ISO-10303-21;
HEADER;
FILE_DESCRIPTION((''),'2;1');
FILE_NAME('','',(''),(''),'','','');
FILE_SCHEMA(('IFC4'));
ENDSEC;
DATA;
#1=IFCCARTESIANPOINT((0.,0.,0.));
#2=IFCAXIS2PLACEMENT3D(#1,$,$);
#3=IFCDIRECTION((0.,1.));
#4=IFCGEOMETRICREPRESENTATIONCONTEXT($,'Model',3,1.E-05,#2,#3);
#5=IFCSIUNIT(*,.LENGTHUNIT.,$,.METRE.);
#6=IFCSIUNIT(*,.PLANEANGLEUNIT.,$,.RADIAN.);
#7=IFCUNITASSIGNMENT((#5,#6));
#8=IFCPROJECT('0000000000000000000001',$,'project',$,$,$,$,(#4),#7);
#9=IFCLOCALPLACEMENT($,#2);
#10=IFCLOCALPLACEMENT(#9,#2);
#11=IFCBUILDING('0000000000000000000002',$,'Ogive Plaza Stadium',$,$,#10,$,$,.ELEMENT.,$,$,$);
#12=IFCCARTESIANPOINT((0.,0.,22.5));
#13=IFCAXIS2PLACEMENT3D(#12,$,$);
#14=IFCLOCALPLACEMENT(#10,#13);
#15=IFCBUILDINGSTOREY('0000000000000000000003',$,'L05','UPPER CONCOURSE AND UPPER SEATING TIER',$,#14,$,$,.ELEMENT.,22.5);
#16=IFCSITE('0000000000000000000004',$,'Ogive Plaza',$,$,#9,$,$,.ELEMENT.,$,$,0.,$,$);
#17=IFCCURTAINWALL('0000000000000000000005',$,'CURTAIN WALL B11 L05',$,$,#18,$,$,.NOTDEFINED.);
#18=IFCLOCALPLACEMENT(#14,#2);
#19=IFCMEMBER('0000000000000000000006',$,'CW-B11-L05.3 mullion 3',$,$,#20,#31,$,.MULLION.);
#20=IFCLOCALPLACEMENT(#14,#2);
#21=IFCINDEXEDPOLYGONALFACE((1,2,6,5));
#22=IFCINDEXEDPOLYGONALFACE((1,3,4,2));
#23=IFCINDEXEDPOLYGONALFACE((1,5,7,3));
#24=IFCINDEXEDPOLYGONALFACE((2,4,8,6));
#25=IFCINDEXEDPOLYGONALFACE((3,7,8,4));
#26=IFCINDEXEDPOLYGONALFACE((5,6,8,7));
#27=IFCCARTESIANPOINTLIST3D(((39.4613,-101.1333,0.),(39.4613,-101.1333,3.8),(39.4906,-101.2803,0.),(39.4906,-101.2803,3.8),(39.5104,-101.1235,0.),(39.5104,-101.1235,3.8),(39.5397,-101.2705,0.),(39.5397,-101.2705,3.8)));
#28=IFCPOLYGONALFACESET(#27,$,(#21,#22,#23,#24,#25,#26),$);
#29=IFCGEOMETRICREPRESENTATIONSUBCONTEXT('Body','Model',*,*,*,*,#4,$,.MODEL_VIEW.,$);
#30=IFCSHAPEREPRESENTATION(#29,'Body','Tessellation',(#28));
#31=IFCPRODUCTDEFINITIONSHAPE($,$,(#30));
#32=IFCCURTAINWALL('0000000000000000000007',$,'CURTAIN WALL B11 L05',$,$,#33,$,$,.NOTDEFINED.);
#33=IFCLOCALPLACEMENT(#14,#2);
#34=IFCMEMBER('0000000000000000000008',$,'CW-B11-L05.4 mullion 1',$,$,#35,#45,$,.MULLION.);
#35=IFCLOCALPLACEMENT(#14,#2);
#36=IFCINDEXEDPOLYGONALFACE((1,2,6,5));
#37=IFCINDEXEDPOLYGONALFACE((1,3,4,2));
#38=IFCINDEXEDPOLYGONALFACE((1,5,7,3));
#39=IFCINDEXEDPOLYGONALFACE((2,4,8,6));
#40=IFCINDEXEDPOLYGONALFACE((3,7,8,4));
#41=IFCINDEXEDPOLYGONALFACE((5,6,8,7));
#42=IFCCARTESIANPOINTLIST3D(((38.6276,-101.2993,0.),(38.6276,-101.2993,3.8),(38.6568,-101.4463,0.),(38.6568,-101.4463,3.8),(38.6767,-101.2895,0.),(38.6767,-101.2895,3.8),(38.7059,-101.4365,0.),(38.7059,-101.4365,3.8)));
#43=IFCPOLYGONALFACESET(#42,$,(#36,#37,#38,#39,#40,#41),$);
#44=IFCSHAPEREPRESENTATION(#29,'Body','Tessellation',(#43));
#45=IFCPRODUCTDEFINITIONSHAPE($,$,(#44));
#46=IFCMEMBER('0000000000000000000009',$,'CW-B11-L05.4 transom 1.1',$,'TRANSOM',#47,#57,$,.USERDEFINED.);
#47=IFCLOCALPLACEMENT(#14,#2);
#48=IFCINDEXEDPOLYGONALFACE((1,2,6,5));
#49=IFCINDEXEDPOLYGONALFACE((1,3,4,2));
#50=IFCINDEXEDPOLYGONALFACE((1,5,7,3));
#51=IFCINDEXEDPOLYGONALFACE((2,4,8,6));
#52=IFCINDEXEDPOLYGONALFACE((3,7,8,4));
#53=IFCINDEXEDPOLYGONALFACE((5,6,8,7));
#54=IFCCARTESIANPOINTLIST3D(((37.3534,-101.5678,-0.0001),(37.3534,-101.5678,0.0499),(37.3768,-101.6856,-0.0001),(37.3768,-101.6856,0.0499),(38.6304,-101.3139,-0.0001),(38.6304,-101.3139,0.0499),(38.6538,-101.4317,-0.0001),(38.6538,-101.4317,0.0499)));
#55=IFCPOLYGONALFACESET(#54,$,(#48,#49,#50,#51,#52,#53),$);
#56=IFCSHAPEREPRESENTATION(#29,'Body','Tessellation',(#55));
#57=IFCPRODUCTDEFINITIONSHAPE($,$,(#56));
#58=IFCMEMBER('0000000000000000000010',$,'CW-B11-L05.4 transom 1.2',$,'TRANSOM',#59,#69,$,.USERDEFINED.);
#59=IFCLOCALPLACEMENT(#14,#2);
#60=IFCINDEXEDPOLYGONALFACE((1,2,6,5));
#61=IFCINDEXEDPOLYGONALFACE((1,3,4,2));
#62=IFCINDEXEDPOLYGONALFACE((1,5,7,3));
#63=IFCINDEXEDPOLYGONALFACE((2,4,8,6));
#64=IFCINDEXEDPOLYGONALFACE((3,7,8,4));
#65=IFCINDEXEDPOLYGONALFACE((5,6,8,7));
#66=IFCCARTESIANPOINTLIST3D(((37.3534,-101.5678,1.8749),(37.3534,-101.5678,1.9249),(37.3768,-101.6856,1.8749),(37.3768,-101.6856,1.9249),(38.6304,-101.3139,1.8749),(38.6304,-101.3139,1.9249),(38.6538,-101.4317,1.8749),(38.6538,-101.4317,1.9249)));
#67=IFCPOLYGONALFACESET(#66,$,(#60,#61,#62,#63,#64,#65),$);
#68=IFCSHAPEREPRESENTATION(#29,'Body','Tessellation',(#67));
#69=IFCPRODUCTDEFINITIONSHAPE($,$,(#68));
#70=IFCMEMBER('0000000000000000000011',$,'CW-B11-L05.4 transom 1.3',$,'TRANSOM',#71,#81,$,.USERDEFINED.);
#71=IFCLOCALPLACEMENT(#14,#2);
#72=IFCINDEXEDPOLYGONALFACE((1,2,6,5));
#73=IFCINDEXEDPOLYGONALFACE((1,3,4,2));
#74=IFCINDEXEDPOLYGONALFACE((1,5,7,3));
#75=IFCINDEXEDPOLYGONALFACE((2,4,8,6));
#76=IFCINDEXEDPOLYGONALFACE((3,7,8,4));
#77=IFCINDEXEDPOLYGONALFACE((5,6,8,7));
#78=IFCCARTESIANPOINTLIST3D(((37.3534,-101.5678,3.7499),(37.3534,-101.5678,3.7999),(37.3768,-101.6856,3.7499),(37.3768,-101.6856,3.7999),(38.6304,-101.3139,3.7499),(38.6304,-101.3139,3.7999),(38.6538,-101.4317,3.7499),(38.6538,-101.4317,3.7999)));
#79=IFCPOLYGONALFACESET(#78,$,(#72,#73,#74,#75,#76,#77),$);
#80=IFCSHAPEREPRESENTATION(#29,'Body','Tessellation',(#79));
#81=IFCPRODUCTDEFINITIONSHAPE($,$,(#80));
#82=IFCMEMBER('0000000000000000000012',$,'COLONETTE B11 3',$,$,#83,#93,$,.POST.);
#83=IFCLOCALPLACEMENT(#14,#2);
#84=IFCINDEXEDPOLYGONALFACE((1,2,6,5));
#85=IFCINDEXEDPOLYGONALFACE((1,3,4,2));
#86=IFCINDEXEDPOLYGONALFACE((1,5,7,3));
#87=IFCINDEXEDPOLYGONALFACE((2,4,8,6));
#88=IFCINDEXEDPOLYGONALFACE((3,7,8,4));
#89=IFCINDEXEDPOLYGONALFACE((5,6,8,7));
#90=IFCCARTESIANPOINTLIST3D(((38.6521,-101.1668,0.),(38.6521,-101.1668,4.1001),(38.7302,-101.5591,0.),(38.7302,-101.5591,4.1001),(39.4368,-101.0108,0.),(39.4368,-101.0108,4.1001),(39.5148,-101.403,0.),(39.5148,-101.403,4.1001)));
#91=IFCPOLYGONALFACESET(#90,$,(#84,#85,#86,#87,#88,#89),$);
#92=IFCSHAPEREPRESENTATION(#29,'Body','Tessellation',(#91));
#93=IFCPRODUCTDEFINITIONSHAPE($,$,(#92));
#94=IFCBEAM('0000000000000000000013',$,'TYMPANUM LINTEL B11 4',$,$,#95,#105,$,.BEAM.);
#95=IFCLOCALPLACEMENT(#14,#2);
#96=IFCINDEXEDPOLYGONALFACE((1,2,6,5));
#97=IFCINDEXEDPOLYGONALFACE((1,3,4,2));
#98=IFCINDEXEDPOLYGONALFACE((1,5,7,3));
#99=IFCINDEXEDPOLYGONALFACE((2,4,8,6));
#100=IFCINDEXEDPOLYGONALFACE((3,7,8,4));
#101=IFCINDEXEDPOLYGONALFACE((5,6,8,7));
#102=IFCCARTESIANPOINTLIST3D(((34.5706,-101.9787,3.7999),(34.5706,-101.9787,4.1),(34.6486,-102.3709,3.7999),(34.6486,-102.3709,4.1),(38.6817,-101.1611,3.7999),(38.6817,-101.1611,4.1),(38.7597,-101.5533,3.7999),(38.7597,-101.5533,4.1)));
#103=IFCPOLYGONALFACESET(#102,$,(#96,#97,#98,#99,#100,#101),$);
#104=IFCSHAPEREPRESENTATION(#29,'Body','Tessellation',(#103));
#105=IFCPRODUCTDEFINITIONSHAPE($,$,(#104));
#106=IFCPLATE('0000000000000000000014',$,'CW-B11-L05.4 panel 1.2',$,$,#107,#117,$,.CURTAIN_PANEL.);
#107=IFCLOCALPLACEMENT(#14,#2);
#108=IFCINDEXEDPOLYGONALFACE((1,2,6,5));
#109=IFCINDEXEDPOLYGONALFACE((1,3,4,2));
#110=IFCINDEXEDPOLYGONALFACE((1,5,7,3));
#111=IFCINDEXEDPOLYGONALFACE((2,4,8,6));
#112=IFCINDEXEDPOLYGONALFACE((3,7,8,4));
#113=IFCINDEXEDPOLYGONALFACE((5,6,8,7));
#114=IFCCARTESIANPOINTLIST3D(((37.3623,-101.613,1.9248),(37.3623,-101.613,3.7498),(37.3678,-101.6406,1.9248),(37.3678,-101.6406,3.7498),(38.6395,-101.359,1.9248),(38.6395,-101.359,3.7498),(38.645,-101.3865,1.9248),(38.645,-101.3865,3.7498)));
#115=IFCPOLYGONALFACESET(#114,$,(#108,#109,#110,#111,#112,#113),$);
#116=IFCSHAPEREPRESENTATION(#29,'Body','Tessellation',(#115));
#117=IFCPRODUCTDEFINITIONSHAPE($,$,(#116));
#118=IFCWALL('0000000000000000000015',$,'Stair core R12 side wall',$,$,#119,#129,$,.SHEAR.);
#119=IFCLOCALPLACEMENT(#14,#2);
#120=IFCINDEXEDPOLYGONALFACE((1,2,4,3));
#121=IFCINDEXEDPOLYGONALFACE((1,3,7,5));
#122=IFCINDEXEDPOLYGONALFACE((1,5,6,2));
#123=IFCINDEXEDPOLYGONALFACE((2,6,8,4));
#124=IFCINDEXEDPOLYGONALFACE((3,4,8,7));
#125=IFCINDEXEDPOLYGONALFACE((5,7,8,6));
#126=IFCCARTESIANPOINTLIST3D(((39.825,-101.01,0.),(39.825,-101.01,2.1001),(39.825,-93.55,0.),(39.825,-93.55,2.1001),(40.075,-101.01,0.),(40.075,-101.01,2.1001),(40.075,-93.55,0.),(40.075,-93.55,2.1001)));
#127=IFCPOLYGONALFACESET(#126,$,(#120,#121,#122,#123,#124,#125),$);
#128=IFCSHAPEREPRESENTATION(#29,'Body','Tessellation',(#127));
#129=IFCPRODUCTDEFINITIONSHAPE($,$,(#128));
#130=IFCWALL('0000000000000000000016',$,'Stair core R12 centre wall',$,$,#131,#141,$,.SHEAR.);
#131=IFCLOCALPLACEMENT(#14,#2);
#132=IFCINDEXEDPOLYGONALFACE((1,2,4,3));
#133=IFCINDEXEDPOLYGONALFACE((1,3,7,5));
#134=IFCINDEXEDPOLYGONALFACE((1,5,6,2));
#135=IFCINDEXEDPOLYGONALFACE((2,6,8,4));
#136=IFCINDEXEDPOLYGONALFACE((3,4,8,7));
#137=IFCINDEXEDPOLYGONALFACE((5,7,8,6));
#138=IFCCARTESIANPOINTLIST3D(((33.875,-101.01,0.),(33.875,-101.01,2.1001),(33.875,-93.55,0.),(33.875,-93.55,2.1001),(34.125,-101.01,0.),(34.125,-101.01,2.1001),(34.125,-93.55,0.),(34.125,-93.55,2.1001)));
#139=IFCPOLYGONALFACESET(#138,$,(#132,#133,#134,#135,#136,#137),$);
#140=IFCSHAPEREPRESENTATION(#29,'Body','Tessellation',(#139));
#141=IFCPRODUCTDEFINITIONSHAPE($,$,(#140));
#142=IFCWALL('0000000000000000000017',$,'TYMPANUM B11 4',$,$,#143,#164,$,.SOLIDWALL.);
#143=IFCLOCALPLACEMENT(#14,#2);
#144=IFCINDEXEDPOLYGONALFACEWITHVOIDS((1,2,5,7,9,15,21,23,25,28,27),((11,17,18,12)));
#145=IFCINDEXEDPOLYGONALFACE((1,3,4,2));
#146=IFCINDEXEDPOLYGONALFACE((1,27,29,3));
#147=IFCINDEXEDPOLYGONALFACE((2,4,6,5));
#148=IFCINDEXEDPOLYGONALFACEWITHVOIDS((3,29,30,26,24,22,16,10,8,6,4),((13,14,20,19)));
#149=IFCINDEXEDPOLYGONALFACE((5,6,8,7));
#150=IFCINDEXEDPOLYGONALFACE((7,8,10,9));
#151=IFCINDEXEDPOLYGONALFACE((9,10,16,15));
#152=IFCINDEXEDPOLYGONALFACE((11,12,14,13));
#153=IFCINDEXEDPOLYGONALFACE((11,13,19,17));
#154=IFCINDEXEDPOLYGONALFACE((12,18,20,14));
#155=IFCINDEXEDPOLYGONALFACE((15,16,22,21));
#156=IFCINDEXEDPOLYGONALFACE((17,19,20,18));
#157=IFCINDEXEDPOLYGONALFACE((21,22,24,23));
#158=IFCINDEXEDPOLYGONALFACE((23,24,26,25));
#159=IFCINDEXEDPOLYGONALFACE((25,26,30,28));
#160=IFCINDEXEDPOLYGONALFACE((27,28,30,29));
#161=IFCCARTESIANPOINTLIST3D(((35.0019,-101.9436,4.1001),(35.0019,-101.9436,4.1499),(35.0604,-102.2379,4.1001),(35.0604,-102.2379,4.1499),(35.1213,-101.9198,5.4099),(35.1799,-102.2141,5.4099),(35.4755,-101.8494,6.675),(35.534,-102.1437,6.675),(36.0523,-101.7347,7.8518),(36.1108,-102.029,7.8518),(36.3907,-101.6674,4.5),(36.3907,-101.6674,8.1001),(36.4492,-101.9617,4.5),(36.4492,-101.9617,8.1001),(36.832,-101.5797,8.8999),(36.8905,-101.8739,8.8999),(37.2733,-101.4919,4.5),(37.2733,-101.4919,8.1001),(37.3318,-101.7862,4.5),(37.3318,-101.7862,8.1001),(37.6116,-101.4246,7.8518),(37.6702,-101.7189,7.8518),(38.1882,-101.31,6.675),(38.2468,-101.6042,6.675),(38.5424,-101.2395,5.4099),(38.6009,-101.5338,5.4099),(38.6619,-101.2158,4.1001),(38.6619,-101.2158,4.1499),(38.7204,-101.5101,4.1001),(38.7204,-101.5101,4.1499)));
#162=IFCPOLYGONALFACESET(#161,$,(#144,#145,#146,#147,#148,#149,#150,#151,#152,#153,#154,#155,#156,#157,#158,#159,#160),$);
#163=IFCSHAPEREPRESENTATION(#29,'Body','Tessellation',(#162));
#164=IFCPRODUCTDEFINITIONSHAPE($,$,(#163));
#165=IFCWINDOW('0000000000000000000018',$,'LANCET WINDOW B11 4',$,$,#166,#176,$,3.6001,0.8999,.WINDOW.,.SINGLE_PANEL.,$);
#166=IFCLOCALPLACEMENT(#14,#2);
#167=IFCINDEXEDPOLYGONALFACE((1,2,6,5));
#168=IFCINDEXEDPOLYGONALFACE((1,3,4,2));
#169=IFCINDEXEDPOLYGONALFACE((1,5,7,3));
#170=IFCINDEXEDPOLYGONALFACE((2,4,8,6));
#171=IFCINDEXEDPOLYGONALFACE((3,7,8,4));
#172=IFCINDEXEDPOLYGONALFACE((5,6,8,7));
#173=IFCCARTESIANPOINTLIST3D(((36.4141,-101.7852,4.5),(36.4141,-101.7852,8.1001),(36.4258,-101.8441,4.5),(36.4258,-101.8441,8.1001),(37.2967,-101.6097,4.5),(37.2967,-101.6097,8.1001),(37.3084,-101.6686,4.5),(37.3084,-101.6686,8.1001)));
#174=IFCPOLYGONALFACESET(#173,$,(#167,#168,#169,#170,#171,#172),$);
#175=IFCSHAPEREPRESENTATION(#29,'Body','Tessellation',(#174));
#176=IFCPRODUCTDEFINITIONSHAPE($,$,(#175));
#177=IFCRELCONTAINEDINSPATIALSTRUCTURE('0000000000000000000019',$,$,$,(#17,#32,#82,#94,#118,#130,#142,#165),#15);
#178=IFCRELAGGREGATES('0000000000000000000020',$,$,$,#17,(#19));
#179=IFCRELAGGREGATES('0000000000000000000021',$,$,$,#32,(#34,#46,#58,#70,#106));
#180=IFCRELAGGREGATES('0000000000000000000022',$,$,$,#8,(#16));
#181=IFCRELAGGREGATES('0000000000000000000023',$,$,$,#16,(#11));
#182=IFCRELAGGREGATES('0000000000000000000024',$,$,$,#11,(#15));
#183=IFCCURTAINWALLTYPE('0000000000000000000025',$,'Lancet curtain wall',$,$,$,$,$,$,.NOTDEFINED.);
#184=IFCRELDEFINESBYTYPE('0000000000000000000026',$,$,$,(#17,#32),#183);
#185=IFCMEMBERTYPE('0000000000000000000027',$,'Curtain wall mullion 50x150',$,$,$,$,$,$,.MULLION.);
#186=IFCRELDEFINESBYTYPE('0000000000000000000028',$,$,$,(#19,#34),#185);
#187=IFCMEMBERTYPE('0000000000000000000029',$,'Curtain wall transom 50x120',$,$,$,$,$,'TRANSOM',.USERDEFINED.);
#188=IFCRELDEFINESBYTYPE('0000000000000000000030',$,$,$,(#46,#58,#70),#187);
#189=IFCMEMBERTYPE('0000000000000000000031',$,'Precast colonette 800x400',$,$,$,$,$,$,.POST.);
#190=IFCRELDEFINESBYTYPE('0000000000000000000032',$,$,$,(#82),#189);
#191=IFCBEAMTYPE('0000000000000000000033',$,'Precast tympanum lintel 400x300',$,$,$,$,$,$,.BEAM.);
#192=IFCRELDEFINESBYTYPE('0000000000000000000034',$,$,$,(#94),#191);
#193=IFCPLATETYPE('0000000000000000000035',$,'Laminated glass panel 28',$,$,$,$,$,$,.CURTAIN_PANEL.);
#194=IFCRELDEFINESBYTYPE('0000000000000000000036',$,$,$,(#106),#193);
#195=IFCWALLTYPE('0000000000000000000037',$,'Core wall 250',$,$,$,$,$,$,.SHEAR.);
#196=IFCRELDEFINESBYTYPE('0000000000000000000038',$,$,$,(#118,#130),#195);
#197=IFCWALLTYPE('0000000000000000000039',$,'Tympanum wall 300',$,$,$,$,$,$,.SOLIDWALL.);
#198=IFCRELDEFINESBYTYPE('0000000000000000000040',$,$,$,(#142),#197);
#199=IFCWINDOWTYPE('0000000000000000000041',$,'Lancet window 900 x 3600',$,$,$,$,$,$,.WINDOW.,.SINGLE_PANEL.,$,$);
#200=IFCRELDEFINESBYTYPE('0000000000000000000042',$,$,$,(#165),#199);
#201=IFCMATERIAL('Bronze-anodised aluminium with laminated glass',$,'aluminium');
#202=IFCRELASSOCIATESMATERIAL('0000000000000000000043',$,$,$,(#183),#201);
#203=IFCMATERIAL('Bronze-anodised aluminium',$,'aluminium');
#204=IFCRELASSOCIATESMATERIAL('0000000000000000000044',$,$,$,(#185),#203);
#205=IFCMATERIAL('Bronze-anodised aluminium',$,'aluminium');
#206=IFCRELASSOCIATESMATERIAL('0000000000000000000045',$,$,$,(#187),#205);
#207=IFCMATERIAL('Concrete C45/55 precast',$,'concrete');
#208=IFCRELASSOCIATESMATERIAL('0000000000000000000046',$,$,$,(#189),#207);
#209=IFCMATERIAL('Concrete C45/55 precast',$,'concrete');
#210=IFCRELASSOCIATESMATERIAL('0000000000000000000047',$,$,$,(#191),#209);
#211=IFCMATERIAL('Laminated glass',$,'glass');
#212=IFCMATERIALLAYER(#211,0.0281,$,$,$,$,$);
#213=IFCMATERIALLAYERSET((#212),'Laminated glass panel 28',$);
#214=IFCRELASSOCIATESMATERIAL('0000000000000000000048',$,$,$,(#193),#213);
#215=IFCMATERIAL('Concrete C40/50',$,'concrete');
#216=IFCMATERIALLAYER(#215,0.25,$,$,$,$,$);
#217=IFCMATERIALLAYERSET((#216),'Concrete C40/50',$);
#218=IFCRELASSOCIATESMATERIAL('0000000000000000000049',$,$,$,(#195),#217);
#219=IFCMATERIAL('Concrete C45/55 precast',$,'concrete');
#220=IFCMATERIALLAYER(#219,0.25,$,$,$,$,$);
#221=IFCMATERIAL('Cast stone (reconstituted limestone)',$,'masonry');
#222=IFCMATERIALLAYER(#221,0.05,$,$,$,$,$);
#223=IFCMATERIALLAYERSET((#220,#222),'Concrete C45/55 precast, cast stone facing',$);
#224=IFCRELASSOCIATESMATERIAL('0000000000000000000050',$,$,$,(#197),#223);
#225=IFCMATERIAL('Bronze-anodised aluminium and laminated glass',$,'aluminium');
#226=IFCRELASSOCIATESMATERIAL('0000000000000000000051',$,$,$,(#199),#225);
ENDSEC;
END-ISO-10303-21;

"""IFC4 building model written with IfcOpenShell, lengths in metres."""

from ifc_helpers import new_model, si_unit, direction, frame, frame_2d, origin, origin_2d, place, context, subcontext, project, spatial, polyline, rectangle, outline, extrude, material, layer, layer_set, material_profile, profile_set, type_object, element, fill, aggregate, save


model = new_model("IFC4")

# Units and contexts
model_context = context("Model", 3, precision=1e-05, world=origin(), true_north=direction((0.0, 1.0)))
body_context = subcontext(model_context, "Body", "Model", "MODEL_VIEW")
ifc_project = project(units=[si_unit("LENGTHUNIT", "METRE"), si_unit("PLANEANGLEUNIT", "RADIAN")], contexts=[model_context])

# Site, building, storey
site_placement = place(None, origin())
site = spatial("IfcSite", under=ifc_project, at=site_placement, Name="Ogive Plaza", CompositionType="ELEMENT", RefElevation=0.0)
building_placement = place(site_placement, origin())
building = spatial("IfcBuilding", under=site, at=building_placement, Name="Ogive Plaza Stadium", CompositionType="ELEMENT")
storey_placement = place(building_placement, frame((0.0, 0.0, 22.5)))
storey = spatial("IfcBuildingStorey", under=building, at=storey_placement, Name="L05", Description="UPPER CONCOURSE AND UPPER SEATING TIER", CompositionType="ELEMENT", Elevation=22.5)

# Curtain wall, member
ifc_material_1 = material(Name="Bronze-anodised aluminium with laminated glass", Category="aluminium")
curtain_wall_type = type_object("IfcCurtainWallType", Name="Lancet curtain wall", PredefinedType="NOTDEFINED", material=ifc_material_1)
curtain_wall_1_placement = place(storey_placement, origin())
curtain_wall_1 = element("IfcCurtainWall", 1, at=curtain_wall_1_placement, inside=storey, type_object=curtain_wall_type, Name="CURTAIN WALL B11 L05", PredefinedType="NOTDEFINED")
ifc_material_2 = material(Name="Bronze-anodised aluminium", Category="aluminium")
ifc_material_profile_1 = material_profile(ifc_material_2, rectangle(XDim=0.1499, YDim=0.05, at=origin_2d()), Name="AL 150x50")
ifc_profile_set_1 = profile_set([ifc_material_profile_1], Name="Bronze-anodised aluminium")
member_type_1 = type_object("IfcMemberType", Name="Curtain wall mullion 50x150", PredefinedType="MULLION", material=ifc_profile_set_1)
member_1_placement = place(storey_placement, frame((39.5005, -101.2019, 0.0), z_axis=(0.0, 0.0, 1.0), x_axis=(0.19509, -0.980785, 0.0)))
member_1 = element("IfcMember", 2, at=member_1_placement, type_object=member_type_1, Name="CW-B11-L05.3 mullion 3", PredefinedType="MULLION", context=body_context, shape_type="SweptSolid", body=[
    extrude(rectangle(XDim=0.1499, YDim=0.05, at=origin_2d()), origin(), (0.0, 0.0, 1.0), 3.8),
])
aggregate(curtain_wall_1, [member_1])

# Curtain wall, members
curtain_wall_2_placement = place(storey_placement, origin())
curtain_wall_2 = element("IfcCurtainWall", 3, at=curtain_wall_2_placement, inside=storey, type_object=curtain_wall_type, Name="CURTAIN WALL B11 L05", PredefinedType="NOTDEFINED")
member_2_placement = place(storey_placement, frame((38.6667, -101.3679, 0.0), z_axis=(0.0, 0.0, 1.0), x_axis=(0.19509, -0.980785, 0.0)))
member_2 = element("IfcMember", 4, at=member_2_placement, type_object=member_type_1, Name="CW-B11-L05.4 mullion 1", PredefinedType="MULLION", context=body_context, shape_type="SweptSolid", body=[
    extrude(rectangle(XDim=0.1499, YDim=0.05, at=origin_2d()), origin(), (0.0, 0.0, 1.0), 3.8),
])
ifc_material_3 = material(Name="Bronze-anodised aluminium", Category="aluminium")
ifc_material_profile_2 = material_profile(ifc_material_3, rectangle(XDim=0.1201, YDim=0.05, at=origin_2d()), Name="AL 120x50")
ifc_profile_set_2 = profile_set([ifc_material_profile_2], Name="Bronze-anodised aluminium")
member_type_2 = type_object("IfcMemberType", Name="Curtain wall transom 50x120", ElementType="TRANSOM", PredefinedType="USERDEFINED", material=ifc_profile_set_2)
member_3_placement = place(storey_placement, frame((38.6421, -101.3728, 0.0249), z_axis=(-0.980804, -0.194998, 0.0), x_axis=(0.194998, -0.980804, 0.0)))
member_3 = element("IfcMember", 5, at=member_3_placement, type_object=member_type_2, Name="CW-B11-L05.4 transom 1.1", ObjectType="TRANSOM", PredefinedType="USERDEFINED", context=body_context, shape_type="SweptSolid", body=[
    extrude(rectangle(XDim=0.1201, YDim=0.05, at=origin_2d()), origin(), (0.0, 0.0, 1.0), 1.302),
])
member_4_placement = place(storey_placement, frame((38.6421, -101.3728, 1.8999), z_axis=(-0.980804, -0.194998, 0.0), x_axis=(0.194998, -0.980804, 0.0)))
member_4 = element("IfcMember", 6, at=member_4_placement, type_object=member_type_2, Name="CW-B11-L05.4 transom 1.2", ObjectType="TRANSOM", PredefinedType="USERDEFINED", context=body_context, shape_type="SweptSolid", body=[
    extrude(rectangle(XDim=0.1201, YDim=0.05, at=origin_2d()), origin(), (0.0, 0.0, 1.0), 1.302),
])
member_5_placement = place(storey_placement, frame((38.6421, -101.3728, 3.7749), z_axis=(-0.980804, -0.194998, 0.0), x_axis=(0.194998, -0.980804, 0.0)))
member_5 = element("IfcMember", 7, at=member_5_placement, type_object=member_type_2, Name="CW-B11-L05.4 transom 1.3", ObjectType="TRANSOM", PredefinedType="USERDEFINED", context=body_context, shape_type="SweptSolid", body=[
    extrude(rectangle(XDim=0.1201, YDim=0.05, at=origin_2d()), origin(), (0.0, 0.0, 1.0), 1.302),
])

# Member
ifc_material_4 = material(Name="Concrete C45/55 precast", Category="concrete")
ifc_material_profile_3 = material_profile(ifc_material_4, rectangle(XDim=0.3999, YDim=0.8, at=origin_2d()), Name="RC 400x800")
ifc_profile_set_3 = profile_set([ifc_material_profile_3], Name="Concrete C45/55 precast")
member_type_3 = type_object("IfcMemberType", Name="Precast colonette 800x400", PredefinedType="POST", material=ifc_profile_set_3)
member_6_placement = place(storey_placement, frame((39.0835, -101.2849, 0.0), z_axis=(0.0, 0.0, 1.0), x_axis=(0.19509, -0.980785, 0.0)))
element("IfcMember", 8, at=member_6_placement, inside=storey, type_object=member_type_3, Name="COLONETTE B11 3", PredefinedType="POST", context=body_context, shape_type="SweptSolid", body=[
    extrude(rectangle(XDim=0.3999, YDim=0.8, at=origin_2d()), origin(), (0.0, 0.0, 1.0), 4.1001),
])

# Beam
ifc_material_5 = material(Name="Concrete C45/55 precast", Category="concrete")
ifc_material_profile_4 = material_profile(ifc_material_5, rectangle(XDim=0.3999, YDim=0.3, at=origin_2d()), Name="RC 400x300")
ifc_profile_set_4 = profile_set([ifc_material_profile_4], Name="Concrete C45/55 precast")
beam_type = type_object("IfcBeamType", Name="Precast tympanum lintel 400x300", PredefinedType="BEAM", material=ifc_profile_set_4)
beam_placement = place(storey_placement, frame((38.7207, -101.3572, 3.95), z_axis=(-0.980791, -0.195063, 0.0), x_axis=(0.195063, -0.980791, 0.0)))
element("IfcBeam", 9, at=beam_placement, inside=storey, type_object=beam_type, Name="TYMPANUM LINTEL B11 4", PredefinedType="BEAM", context=body_context, shape_type="SweptSolid", body=[
    extrude(rectangle(XDim=0.3999, YDim=0.3, at=origin_2d()), origin(), (0.0, 0.0, 1.0), 4.1917),
])

# Plate
ifc_material_6 = material(Name="Laminated glass", Category="glass")
ifc_layer_1 = layer(ifc_material_6, 0.0281)
ifc_layer_set_1 = layer_set([ifc_layer_1], Name="Laminated glass panel 28")
plate_type = type_object("IfcPlateType", Name="Laminated glass panel 28", PredefinedType="CURTAIN_PANEL", material=ifc_layer_set_1)
plate_placement = place(storey_placement, frame((38.0037, -101.4998, 1.9248), z_axis=(0.0, 0.0, 1.0), x_axis=(-0.980785, -0.19509, 0.0)))
plate = element("IfcPlate", 10, at=plate_placement, type_object=plate_type, Name="CW-B11-L05.4 panel 1.2", PredefinedType="CURTAIN_PANEL", context=body_context, shape_type="SweptSolid", body=[
    extrude(rectangle(XDim=1.3022, YDim=0.0281, at=origin_2d()), origin(), (0.0, 0.0, 1.0), 1.825),
])
aggregate(curtain_wall_2, [member_2, member_3, member_4, member_5, plate])

# Walls
ifc_material_7 = material(Name="Concrete C40/50", Category="concrete")
ifc_layer_2 = layer(ifc_material_7, 0.25)
ifc_layer_set_2 = layer_set([ifc_layer_2], Name="Concrete C40/50")
wall_type_1 = type_object("IfcWallType", Name="Core wall 250", PredefinedType="SHEAR", material=ifc_layer_set_2)
for number, where, z_axis, x_axis, name in (
    (11, (39.95, -93.55, 0.0), (0.0, 0.0, 1.0), (0.0, -1.0, 0.0), "Stair core R12 side wall"),
    (12, (34.0, -93.55, 0.0), (0.0, 0.0, 1.0), (0.0, -1.0, 0.0), "Stair core R12 centre wall"),
):
    element("IfcWall", number, at=place(storey_placement, frame(where, z_axis=z_axis, x_axis=x_axis)), inside=storey, type_object=wall_type_1, Name=name, PredefinedType="SHEAR", context=body_context, shape_type="SweptSolid", body=[
        extrude(rectangle(XDim=7.46, YDim=0.25, at=frame_2d((3.73, 0.0))), origin(), (0.0, 0.0, 1.0), 2.1001),
    ])

# Wall, opening, window
ifc_material_8 = material(Name="Concrete C45/55 precast", Category="concrete")
ifc_layer_3 = layer(ifc_material_8, 0.25)
ifc_material_9 = material(Name="Cast stone (reconstituted limestone)", Category="masonry")
ifc_layer_4 = layer(ifc_material_9, 0.05)
ifc_layer_set_3 = layer_set([ifc_layer_3, ifc_layer_4], Name="Concrete C45/55 precast, cast stone facing")
wall_type_2 = type_object("IfcWallType", Name="Tympanum wall 300", PredefinedType="SOLIDWALL", material=ifc_layer_set_3)
wall_placement = place(storey_placement, frame((38.6912, -101.363, 4.1001), z_axis=(0.0, 0.0, 1.0), x_axis=(-0.980796, -0.195034, 0.0)))
wall = element("IfcWall", 13, at=wall_placement, inside=storey, type_object=wall_type_2, Name="TYMPANUM B11 4", PredefinedType="SOLIDWALL", context=body_context, shape_type="SweptSolid", body=[
    extrude(outline(polyline([(0.0, 0.0), (3.7317, 0.0), (3.7317, 0.0498), (3.6099, 1.3098), (3.2488, 2.575), (2.6606, 3.7517), (1.8657, 4.7998), (1.0708, 3.7517), (0.4829, 2.575), (0.1218, 1.3098), (0.0, 0.0498), (0.0, 0.0)])), frame((0.0, 0.1499, 0.0), z_axis=(0.0, -1.0, 0.0), x_axis=(1.0, 0.0, 0.0)), (0.0, 0.0, 1.0), 0.3),
])
opening_placement = place(wall_placement, frame((1.4158, 0.0, 0.3999)))
opening = element("IfcOpeningElement", 14, at=opening_placement, cuts=wall, PredefinedType="OPENING", context=body_context, shape_type="SweptSolid", body=[
    extrude(rectangle(XDim=0.8999, YDim=3.6001, at=frame_2d((0.45, 1.8))), frame((0.0, 0.1602, 0.0), z_axis=(0.0, -1.0, 0.0), x_axis=(1.0, 0.0, 0.0)), (0.0, 0.0, 1.0), 0.3201),
])
ifc_material_10 = material(Name="Bronze-anodised aluminium and laminated glass", Category="aluminium")
window_type = type_object("IfcWindowType", Name="Lancet window 900 x 3600", PartitioningType="SINGLE_PANEL", PredefinedType="WINDOW", material=ifc_material_10)
window_placement = place(opening_placement, origin())
window = element("IfcWindow", 15, at=window_placement, inside=storey, type_object=window_type, Name="LANCET WINDOW B11 4", OverallHeight=3.6001, OverallWidth=0.8999, PartitioningType="SINGLE_PANEL", PredefinedType="WINDOW", context=body_context, shape_type="SweptSolid", body=[
    extrude(rectangle(XDim=0.8999, YDim=3.6001, at=frame_2d((0.45, 1.8))), frame((0.0, 0.03, 0.0), z_axis=(0.0, -1.0, 0.0), x_axis=(1.0, 0.0, 0.0)), (0.0, 0.0, 1.0), 0.0601),
])
fill(opening, window)

save(model, "model.ifc")
